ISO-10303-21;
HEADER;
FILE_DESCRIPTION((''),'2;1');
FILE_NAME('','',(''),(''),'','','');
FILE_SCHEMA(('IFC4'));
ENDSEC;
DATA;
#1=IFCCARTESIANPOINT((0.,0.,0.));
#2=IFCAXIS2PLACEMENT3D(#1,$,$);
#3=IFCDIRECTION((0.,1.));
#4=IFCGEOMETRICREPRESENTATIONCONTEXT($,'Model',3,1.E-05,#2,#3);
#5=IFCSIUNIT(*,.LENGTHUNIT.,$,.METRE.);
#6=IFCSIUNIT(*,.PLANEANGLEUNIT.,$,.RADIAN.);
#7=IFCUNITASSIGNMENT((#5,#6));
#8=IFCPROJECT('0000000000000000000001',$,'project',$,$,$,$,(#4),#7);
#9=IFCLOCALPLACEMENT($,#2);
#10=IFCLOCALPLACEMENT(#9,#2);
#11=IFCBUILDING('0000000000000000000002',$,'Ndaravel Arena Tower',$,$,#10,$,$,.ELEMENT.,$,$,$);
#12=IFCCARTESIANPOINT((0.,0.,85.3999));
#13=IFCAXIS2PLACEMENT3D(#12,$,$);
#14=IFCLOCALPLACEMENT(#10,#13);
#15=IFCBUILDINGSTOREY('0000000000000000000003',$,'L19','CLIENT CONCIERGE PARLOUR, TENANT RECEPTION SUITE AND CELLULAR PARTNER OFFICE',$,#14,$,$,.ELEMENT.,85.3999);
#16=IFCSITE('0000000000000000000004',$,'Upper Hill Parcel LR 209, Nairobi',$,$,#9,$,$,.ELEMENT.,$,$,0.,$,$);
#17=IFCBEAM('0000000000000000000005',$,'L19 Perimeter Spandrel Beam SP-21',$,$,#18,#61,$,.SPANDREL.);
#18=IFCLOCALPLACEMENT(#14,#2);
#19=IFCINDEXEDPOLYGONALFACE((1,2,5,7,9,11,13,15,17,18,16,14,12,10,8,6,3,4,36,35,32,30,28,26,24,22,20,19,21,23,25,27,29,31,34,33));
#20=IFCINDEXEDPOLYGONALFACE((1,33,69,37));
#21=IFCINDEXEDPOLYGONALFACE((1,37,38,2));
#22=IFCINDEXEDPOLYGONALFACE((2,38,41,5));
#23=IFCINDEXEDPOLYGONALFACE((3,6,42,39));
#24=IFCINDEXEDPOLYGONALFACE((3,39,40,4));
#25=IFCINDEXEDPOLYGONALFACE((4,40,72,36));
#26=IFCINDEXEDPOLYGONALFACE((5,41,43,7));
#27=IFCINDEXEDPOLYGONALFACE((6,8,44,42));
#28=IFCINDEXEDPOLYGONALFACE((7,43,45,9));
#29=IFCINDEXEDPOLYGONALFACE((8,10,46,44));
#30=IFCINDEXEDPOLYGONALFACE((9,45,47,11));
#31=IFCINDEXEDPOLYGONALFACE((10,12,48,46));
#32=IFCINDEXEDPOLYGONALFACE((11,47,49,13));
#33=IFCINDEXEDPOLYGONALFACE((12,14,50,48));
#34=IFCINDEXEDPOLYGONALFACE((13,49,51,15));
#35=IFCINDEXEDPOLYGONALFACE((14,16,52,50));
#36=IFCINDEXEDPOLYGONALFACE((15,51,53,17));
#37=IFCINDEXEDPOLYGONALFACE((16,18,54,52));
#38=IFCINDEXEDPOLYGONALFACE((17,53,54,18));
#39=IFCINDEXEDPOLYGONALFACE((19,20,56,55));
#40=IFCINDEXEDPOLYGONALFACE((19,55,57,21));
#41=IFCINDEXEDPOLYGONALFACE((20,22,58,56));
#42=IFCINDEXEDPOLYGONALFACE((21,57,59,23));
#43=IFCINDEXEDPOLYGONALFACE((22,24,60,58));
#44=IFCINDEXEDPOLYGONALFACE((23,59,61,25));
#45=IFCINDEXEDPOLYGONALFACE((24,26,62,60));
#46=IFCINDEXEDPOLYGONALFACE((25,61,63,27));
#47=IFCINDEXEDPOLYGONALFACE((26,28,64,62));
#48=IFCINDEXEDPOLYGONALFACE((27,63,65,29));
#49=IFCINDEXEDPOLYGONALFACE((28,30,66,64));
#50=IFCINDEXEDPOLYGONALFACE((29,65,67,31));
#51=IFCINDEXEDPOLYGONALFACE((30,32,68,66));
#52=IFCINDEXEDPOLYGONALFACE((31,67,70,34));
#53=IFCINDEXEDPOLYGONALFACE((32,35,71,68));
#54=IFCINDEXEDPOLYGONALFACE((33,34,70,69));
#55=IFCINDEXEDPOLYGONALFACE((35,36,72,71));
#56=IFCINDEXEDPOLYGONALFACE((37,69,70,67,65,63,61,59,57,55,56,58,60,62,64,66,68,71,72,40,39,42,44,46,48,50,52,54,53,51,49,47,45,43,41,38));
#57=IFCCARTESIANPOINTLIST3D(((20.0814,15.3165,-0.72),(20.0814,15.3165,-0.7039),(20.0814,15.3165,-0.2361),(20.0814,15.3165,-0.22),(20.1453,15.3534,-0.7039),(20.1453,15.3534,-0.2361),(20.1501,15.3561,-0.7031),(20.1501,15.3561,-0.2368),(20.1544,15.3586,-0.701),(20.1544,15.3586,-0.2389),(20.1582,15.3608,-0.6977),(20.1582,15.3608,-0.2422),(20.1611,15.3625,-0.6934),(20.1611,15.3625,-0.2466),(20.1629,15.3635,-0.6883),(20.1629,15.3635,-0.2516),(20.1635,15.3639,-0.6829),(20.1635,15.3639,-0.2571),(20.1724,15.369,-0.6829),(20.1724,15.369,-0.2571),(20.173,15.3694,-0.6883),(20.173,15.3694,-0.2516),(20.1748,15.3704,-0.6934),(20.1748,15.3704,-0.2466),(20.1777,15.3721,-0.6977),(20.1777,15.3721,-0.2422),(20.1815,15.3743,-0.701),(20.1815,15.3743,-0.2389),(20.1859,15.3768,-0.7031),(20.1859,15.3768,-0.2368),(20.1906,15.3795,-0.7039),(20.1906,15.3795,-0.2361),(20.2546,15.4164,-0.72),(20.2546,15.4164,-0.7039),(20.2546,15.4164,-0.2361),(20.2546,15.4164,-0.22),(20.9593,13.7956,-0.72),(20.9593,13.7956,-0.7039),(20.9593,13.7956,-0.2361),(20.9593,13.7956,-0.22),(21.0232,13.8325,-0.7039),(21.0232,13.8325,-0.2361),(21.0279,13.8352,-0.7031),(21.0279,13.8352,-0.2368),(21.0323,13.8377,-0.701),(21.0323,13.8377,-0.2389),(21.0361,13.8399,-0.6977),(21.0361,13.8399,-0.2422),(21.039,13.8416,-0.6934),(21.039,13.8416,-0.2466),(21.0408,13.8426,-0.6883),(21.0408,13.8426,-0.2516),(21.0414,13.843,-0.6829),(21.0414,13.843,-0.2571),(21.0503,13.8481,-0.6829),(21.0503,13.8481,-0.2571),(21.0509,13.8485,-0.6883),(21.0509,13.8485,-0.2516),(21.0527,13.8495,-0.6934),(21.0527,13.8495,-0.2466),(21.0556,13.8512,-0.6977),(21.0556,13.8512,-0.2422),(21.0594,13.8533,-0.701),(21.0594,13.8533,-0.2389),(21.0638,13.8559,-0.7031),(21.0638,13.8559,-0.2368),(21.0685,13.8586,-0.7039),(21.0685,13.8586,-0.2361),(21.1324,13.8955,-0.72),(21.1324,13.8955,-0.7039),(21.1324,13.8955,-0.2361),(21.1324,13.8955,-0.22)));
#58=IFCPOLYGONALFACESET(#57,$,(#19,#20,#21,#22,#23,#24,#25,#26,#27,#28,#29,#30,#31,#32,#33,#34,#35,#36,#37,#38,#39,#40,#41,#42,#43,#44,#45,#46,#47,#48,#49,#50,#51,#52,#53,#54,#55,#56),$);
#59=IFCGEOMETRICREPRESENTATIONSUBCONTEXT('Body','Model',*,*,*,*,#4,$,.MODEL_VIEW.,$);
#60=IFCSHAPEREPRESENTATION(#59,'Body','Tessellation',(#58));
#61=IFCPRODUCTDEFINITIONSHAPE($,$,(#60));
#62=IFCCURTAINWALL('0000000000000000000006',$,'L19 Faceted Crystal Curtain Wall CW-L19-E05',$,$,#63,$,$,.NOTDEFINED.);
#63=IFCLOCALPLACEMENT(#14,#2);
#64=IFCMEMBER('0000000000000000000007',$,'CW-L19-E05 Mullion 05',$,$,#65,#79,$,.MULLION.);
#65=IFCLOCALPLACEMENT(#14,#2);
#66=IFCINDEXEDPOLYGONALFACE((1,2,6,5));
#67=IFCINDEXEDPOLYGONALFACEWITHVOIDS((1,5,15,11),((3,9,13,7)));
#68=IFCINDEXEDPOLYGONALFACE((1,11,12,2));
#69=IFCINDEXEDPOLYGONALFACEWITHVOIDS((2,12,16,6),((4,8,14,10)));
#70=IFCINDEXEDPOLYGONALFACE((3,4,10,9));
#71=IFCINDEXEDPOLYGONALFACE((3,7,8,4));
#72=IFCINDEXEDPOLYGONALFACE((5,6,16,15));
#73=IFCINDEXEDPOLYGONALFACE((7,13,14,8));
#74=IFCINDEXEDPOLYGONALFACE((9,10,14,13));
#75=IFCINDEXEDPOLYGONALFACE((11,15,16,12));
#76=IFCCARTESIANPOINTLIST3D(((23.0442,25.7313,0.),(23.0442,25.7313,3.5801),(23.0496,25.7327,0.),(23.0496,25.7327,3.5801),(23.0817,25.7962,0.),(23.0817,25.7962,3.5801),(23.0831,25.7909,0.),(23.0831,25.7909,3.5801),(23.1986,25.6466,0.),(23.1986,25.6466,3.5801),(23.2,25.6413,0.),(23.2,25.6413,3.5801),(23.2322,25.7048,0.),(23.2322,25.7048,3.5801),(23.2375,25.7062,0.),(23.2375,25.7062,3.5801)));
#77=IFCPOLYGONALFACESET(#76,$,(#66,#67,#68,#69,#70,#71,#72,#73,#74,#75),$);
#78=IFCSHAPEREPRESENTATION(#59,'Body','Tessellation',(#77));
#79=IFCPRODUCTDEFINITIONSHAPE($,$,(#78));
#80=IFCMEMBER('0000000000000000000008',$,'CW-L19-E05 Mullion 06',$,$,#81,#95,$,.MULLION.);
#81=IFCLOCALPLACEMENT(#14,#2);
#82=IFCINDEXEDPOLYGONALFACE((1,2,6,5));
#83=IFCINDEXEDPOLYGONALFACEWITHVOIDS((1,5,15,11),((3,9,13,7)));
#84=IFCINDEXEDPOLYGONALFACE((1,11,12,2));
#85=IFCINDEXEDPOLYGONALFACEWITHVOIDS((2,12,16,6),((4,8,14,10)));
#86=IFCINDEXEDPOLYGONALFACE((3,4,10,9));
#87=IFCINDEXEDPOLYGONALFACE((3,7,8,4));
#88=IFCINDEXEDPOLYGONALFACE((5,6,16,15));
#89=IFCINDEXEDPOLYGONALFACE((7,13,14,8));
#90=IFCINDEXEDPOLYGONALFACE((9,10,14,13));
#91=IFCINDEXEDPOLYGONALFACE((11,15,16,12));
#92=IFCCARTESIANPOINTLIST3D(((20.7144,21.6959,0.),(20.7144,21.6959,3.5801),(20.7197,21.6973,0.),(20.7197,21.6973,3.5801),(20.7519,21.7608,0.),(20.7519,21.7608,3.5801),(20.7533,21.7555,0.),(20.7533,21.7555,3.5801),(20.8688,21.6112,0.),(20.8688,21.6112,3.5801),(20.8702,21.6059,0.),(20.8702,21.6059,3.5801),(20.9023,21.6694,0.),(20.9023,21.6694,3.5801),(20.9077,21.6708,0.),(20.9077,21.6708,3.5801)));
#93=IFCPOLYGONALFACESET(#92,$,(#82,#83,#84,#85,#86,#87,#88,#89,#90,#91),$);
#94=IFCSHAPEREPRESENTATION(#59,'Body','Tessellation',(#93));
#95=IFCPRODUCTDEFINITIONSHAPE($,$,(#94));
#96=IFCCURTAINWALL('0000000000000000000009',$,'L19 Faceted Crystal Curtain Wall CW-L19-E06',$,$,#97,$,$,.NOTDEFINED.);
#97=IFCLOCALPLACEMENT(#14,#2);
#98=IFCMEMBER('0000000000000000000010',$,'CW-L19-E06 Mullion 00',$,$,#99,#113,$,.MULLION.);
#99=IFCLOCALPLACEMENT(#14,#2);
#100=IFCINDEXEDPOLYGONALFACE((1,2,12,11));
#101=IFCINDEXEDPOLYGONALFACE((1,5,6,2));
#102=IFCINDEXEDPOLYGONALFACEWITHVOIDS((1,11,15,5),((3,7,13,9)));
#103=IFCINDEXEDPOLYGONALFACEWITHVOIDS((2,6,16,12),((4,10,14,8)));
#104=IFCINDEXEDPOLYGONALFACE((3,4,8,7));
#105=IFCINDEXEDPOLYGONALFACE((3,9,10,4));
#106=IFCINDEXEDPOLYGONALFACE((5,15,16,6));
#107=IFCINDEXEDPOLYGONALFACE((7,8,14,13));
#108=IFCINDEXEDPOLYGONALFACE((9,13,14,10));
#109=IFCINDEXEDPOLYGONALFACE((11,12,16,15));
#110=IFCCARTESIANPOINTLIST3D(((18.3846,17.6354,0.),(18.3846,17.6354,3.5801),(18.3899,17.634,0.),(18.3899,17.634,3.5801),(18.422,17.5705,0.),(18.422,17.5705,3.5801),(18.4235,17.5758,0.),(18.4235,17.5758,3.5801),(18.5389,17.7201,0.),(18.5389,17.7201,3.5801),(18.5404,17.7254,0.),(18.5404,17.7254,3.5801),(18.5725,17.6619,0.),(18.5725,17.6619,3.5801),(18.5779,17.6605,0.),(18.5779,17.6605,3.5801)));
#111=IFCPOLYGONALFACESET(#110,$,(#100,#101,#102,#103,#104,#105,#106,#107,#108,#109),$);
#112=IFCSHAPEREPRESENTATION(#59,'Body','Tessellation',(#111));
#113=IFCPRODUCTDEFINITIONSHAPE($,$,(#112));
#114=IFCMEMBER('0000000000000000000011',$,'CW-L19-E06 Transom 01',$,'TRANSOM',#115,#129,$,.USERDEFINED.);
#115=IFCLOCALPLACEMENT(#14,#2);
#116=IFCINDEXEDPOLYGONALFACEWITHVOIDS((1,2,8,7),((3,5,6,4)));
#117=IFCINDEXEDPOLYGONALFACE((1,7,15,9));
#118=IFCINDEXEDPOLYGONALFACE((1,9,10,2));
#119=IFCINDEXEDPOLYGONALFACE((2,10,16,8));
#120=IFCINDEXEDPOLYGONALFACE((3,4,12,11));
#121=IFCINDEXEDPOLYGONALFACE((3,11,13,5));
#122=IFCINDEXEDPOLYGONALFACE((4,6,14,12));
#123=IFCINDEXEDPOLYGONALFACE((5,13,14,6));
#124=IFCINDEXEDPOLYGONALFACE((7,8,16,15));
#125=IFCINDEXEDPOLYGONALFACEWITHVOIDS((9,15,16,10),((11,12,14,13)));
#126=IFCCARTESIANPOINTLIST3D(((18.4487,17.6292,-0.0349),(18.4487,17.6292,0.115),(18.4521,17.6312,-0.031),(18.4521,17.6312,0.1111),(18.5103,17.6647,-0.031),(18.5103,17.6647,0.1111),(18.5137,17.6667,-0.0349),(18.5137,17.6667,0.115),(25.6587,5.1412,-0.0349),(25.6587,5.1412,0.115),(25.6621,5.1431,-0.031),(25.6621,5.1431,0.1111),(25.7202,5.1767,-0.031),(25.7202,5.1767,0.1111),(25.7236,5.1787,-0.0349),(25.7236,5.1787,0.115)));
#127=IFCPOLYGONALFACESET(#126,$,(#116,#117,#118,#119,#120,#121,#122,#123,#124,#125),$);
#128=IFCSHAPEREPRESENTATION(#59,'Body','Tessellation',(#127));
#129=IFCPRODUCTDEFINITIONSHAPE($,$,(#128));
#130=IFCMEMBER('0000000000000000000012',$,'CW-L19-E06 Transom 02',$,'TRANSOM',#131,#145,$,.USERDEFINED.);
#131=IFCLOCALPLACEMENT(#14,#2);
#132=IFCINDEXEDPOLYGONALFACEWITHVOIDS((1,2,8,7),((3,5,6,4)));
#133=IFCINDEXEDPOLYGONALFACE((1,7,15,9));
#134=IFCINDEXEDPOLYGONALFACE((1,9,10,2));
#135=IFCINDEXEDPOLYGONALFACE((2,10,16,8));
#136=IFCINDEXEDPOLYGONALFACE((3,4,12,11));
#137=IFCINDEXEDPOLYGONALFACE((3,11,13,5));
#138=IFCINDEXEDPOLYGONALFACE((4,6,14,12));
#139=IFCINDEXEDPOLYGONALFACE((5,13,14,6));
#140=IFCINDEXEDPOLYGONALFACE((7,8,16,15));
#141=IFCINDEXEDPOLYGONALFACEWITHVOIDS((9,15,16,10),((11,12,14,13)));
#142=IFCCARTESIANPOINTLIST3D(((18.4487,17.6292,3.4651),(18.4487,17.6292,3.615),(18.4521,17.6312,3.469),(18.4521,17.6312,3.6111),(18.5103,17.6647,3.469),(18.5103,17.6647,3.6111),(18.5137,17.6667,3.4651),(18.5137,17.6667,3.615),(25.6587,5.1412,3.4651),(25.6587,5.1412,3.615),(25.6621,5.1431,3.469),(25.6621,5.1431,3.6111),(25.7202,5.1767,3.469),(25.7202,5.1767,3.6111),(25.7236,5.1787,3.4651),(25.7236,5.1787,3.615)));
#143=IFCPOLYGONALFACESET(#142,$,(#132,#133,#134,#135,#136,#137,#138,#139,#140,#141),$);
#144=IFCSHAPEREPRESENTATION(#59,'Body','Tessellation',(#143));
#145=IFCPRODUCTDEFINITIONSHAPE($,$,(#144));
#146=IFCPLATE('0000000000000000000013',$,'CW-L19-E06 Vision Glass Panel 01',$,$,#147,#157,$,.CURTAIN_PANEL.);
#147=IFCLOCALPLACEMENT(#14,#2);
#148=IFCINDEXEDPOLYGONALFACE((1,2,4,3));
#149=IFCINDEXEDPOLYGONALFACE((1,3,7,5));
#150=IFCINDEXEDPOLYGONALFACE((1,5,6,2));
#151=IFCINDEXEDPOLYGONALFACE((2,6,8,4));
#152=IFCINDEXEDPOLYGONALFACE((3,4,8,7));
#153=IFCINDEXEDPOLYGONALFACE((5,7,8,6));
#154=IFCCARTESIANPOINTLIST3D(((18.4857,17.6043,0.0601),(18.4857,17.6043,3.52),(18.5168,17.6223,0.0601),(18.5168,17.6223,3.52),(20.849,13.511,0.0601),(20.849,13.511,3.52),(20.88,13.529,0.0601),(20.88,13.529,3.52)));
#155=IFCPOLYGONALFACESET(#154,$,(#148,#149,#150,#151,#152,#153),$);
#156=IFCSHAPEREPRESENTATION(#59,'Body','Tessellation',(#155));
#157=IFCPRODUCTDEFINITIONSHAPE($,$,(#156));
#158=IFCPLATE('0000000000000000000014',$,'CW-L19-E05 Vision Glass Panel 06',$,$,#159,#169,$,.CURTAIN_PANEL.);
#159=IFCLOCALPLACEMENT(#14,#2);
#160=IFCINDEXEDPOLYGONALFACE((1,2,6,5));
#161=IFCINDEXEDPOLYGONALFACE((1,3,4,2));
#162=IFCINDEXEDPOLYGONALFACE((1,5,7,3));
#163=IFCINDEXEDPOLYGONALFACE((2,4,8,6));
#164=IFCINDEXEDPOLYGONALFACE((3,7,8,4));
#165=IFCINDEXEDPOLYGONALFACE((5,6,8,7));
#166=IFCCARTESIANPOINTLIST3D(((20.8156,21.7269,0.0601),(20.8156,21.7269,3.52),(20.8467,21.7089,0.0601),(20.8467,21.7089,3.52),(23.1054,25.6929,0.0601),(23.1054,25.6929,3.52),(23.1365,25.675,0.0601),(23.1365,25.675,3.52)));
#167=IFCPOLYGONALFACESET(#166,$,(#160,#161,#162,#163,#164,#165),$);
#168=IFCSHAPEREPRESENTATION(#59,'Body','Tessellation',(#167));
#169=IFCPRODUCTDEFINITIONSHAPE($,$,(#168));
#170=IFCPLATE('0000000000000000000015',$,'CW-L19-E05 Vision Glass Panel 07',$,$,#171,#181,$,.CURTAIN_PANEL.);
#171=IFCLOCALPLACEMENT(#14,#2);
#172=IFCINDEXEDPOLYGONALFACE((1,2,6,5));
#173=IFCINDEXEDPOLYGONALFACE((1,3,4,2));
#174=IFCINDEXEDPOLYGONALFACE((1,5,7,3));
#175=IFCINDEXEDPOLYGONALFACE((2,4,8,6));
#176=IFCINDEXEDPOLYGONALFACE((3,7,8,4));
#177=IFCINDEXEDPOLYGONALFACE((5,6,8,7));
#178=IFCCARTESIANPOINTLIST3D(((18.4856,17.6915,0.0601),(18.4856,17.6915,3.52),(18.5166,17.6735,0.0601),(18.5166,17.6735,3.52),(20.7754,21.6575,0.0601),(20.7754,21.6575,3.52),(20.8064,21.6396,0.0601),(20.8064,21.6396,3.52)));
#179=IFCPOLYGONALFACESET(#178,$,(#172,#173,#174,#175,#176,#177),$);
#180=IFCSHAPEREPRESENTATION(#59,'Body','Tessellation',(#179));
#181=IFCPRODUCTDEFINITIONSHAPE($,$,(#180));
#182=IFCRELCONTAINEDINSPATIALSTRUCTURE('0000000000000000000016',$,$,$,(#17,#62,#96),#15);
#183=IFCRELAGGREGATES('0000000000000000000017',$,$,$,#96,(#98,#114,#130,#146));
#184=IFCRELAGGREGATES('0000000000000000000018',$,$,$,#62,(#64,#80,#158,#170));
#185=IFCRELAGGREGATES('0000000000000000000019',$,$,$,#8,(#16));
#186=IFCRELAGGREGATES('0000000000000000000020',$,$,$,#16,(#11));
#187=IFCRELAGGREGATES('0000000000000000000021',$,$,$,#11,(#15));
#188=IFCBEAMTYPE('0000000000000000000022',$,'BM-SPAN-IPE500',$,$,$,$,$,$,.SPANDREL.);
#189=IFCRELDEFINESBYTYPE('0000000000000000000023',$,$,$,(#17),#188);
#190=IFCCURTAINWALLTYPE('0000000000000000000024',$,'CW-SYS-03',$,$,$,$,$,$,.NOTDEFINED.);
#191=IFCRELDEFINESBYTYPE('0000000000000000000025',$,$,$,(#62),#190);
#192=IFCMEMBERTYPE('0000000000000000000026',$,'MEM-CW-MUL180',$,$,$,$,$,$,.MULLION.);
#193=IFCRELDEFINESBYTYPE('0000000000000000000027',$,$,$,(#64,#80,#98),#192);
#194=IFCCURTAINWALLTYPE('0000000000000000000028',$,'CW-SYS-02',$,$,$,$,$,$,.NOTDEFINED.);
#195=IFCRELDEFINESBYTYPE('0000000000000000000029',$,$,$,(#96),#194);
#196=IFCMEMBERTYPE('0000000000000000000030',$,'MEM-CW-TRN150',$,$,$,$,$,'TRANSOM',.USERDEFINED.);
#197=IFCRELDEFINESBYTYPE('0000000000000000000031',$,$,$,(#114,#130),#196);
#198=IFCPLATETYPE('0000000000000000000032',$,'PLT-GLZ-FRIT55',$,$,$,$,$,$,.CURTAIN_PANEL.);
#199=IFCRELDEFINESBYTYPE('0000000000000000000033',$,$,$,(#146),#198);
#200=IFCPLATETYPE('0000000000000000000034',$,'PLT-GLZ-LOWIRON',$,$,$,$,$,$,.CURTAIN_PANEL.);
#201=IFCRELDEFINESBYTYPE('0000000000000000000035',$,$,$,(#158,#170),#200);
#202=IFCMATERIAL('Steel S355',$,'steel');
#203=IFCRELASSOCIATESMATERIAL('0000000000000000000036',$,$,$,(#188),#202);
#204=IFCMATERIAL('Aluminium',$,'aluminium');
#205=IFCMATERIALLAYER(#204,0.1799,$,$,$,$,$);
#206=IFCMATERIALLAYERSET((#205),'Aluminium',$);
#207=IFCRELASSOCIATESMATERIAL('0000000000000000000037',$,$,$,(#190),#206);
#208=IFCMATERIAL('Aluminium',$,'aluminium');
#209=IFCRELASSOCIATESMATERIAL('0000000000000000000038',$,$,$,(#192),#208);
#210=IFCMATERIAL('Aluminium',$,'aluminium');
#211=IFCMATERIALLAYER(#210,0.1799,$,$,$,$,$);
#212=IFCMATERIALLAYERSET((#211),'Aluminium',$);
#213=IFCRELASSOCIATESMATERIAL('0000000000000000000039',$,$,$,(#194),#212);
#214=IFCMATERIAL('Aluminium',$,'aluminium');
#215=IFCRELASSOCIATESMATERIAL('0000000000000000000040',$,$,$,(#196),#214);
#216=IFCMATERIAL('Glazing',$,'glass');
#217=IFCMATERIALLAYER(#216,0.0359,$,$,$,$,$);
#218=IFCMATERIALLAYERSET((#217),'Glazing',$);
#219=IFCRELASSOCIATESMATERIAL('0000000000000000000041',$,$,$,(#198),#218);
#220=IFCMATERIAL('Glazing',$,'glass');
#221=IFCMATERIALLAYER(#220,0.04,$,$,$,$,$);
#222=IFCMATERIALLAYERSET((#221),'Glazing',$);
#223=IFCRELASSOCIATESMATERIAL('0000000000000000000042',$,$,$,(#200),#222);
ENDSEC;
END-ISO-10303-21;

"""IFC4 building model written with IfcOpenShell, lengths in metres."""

from ifc_helpers import new_model, si_unit, direction, frame, origin, origin_2d, place, context, subcontext, project, spatial, rectangle, hollow_rectangle, i_section, extrude, material, layer, layer_set, material_profile, profile_set, type_object, element, aggregate, save


model = new_model("IFC4")

# Units and contexts
model_context = context("Model", 3, precision=1e-05, world=origin(), true_north=direction((0.0, 1.0)))
body_context = subcontext(model_context, "Body", "Model", "MODEL_VIEW")
ifc_project = project(units=[si_unit("LENGTHUNIT", "METRE"), si_unit("PLANEANGLEUNIT", "RADIAN")], contexts=[model_context])

# Site, building, storey
site_placement = place(None, origin())
site = spatial("IfcSite", under=ifc_project, at=site_placement, Name="Upper Hill Parcel LR 209, Nairobi", CompositionType="ELEMENT", RefElevation=0.0)
building_placement = place(site_placement, origin())
building = spatial("IfcBuilding", under=site, at=building_placement, Name="Ndaravel Arena Tower", CompositionType="ELEMENT")
storey_placement = place(building_placement, frame((0.0, 0.0, 85.3999)))
storey = spatial("IfcBuildingStorey", under=building, at=storey_placement, Name="L19", Description="CLIENT CONCIERGE PARLOUR, TENANT RECEPTION SUITE AND CELLULAR PARTNER OFFICE", CompositionType="ELEMENT", Elevation=85.3999)

# Beam
ifc_material_1 = material(Name="Steel S355", Category="steel")
ifc_material_profile_1 = material_profile(ifc_material_1, i_section(OverallWidth=0.2, OverallDepth=0.5, WebThickness=0.0103, FlangeThickness=0.0161, FilletRadius=0.021, at=origin_2d()), Name="IPE 500")
ifc_profile_set_1 = profile_set([ifc_material_profile_1], Name="Steel S355")
beam_type_1 = type_object("IfcBeamType", Name="BM-SPAN-IPE500", PredefinedType="SPANDREL", material=ifc_profile_set_1)
beam_1_placement = place(storey_placement, frame((20.168, 15.3665, -0.47), z_axis=(0.499907, -0.866079, 0.0), x_axis=(0.866079, 0.499907, 0.0)))
element("IfcBeam", 1, at=beam_1_placement, inside=storey, type_object=beam_type_1, Name="L19 Perimeter Spandrel Beam SP-21", PredefinedType="SPANDREL", context=body_context, shape_type="SweptSolid", body=[
    extrude(i_section(OverallWidth=0.2, OverallDepth=0.5, WebThickness=0.0103, FlangeThickness=0.0161, FilletRadius=0.021, at=origin_2d()), origin(), (0.0, 0.0, 1.0), 1.7561),
])

# Curtain wall, members
ifc_material_2 = material(Name="Aluminium", Category="aluminium")
ifc_layer_1 = layer(ifc_material_2, 0.1799)
ifc_layer_set_1 = layer_set([ifc_layer_1], Name="Aluminium")
curtain_wall_type_1 = type_object("IfcCurtainWallType", Name="CW-SYS-03", PredefinedType="NOTDEFINED", material=ifc_layer_set_1)
curtain_wall_1_placement = place(storey_placement, origin())
curtain_wall_1 = element("IfcCurtainWall", 2, at=curtain_wall_1_placement, inside=storey, type_object=curtain_wall_type_1, Name="L19 Faceted Crystal Curtain Wall CW-L19-E05", PredefinedType="NOTDEFINED")
ifc_material_3 = material(Name="Aluminium", Category="aluminium")
ifc_material_profile_2 = material_profile(ifc_material_3, hollow_rectangle(XDim=0.075, YDim=0.1799, WallThickness=0.0039, at=origin_2d()), Name="CW MULLION 75x180x4")
ifc_profile_set_2 = profile_set([ifc_material_profile_2], Name="Aluminium")
member_type_1 = type_object("IfcMemberType", Name="MEM-CW-MUL180", PredefinedType="MULLION", material=ifc_profile_set_2)
member_1_placement = place(storey_placement, frame((23.1409, 25.7188, 0.0), z_axis=(0.0, 0.0, 1.0), x_axis=(-0.5, -0.866025, 0.0)))
member_1 = element("IfcMember", 3, at=member_1_placement, type_object=member_type_1, Name="CW-L19-E05 Mullion 05", PredefinedType="MULLION", context=body_context, shape_type="SweptSolid", body=[
    extrude(hollow_rectangle(XDim=0.075, YDim=0.1799, WallThickness=0.0039, at=origin_2d()), origin(), (0.0, 0.0, 1.0), 3.5801),
])
member_2_placement = place(storey_placement, frame((20.811, 21.6833, 0.0), z_axis=(0.0, 0.0, 1.0), x_axis=(-0.5, -0.866025, 0.0)))
member_2 = element("IfcMember", 4, at=member_2_placement, type_object=member_type_1, Name="CW-L19-E05 Mullion 06", PredefinedType="MULLION", context=body_context, shape_type="SweptSolid", body=[
    extrude(hollow_rectangle(XDim=0.075, YDim=0.1799, WallThickness=0.0039, at=origin_2d()), origin(), (0.0, 0.0, 1.0), 3.5801),
])

# Curtain wall, members, plate
ifc_material_4 = material(Name="Aluminium", Category="aluminium")
ifc_layer_2 = layer(ifc_material_4, 0.1799)
ifc_layer_set_2 = layer_set([ifc_layer_2], Name="Aluminium")
curtain_wall_type_2 = type_object("IfcCurtainWallType", Name="CW-SYS-02", PredefinedType="NOTDEFINED", material=ifc_layer_set_2)
curtain_wall_2_placement = place(storey_placement, origin())
curtain_wall_2 = element("IfcCurtainWall", 5, at=curtain_wall_2_placement, inside=storey, type_object=curtain_wall_type_2, Name="L19 Faceted Crystal Curtain Wall CW-L19-E06", PredefinedType="NOTDEFINED")
member_3_placement = place(storey_placement, frame((18.4812, 17.6479, 0.0), z_axis=(0.0, 0.0, 1.0), x_axis=(0.5, -0.866025, 0.0)))
member_3 = element("IfcMember", 6, at=member_3_placement, type_object=member_type_1, Name="CW-L19-E06 Mullion 00", PredefinedType="MULLION", context=body_context, shape_type="SweptSolid", body=[
    extrude(hollow_rectangle(XDim=0.075, YDim=0.1799, WallThickness=0.0039, at=origin_2d()), origin(), (0.0, 0.0, 1.0), 3.5801),
])
ifc_material_5 = material(Name="Aluminium", Category="aluminium")
ifc_material_profile_3 = material_profile(ifc_material_5, hollow_rectangle(XDim=0.075, YDim=0.1499, WallThickness=0.0039, at=origin_2d()), Name="CW TRANSOM 75x150x4")
ifc_profile_set_3 = profile_set([ifc_material_profile_3], Name="Aluminium")
member_type_2 = type_object("IfcMemberType", Name="MEM-CW-TRN150", ElementType="TRANSOM", PredefinedType="USERDEFINED", material=ifc_profile_set_3)
member_4_placement = place(storey_placement, frame((18.4812, 17.6479, 0.04), z_axis=(0.499999, -0.866026, 0.0), x_axis=(0.866026, 0.499999, 0.0)))
member_4 = element("IfcMember", 7, at=member_4_placement, type_object=member_type_2, Name="CW-L19-E06 Transom 01", ObjectType="TRANSOM", PredefinedType="USERDEFINED", context=body_context, shape_type="SweptSolid", body=[
    extrude(hollow_rectangle(XDim=0.075, YDim=0.1499, WallThickness=0.0039, at=origin_2d()), origin(), (0.0, 0.0, 1.0), 14.4199),
])
member_5_placement = place(storey_placement, frame((18.4812, 17.6479, 3.54), z_axis=(0.499999, -0.866026, 0.0), x_axis=(0.866026, 0.499999, 0.0)))
member_5 = element("IfcMember", 8, at=member_5_placement, type_object=member_type_2, Name="CW-L19-E06 Transom 02", ObjectType="TRANSOM", PredefinedType="USERDEFINED", context=body_context, shape_type="SweptSolid", body=[
    extrude(hollow_rectangle(XDim=0.075, YDim=0.1499, WallThickness=0.0039, at=origin_2d()), origin(), (0.0, 0.0, 1.0), 14.4199),
])
ifc_material_6 = material(Name="Glazing", Category="glass")
ifc_layer_3 = layer(ifc_material_6, 0.0359)
ifc_layer_set_3 = layer_set([ifc_layer_3], Name="Glazing")
plate_type_1 = type_object("IfcPlateType", Name="PLT-GLZ-FRIT55", PredefinedType="CURTAIN_PANEL", material=ifc_layer_set_3)
plate_1_placement = place(storey_placement, frame((19.6829, 15.5667, 0.0601), z_axis=(0.0, 0.0, 1.0), x_axis=(0.5, -0.866025, 0.0)))
plate_1 = element("IfcPlate", 9, at=plate_1_placement, type_object=plate_type_1, Name="CW-L19-E06 Vision Glass Panel 01", PredefinedType="CURTAIN_PANEL", context=body_context, shape_type="SweptSolid", body=[
    extrude(rectangle(XDim=4.7266, YDim=0.0359, at=origin_2d()), origin(), (0.0, 0.0, 1.0), 3.46),
])
aggregate(curtain_wall_2, [member_3, member_4, member_5, plate_1])

# Plates
ifc_material_7 = material(Name="Glazing", Category="glass")
ifc_layer_4 = layer(ifc_material_7, 0.04)
ifc_layer_set_4 = layer_set([ifc_layer_4], Name="Glazing")
plate_type_2 = type_object("IfcPlateType", Name="PLT-GLZ-LOWIRON", PredefinedType="CURTAIN_PANEL", material=ifc_layer_set_4)
plate_2_placement = place(storey_placement, frame((21.9761, 23.7009, 0.0601), z_axis=(0.0, 0.0, 1.0), x_axis=(-0.5, -0.866025, 0.0)))
plate_2 = element("IfcPlate", 10, at=plate_2_placement, type_object=plate_type_2, Name="CW-L19-E05 Vision Glass Panel 06", PredefinedType="CURTAIN_PANEL", context=body_context, shape_type="SweptSolid", body=[
    extrude(rectangle(XDim=4.5796, YDim=0.0359, at=origin_2d()), origin(), (0.0, 0.0, 1.0), 3.46),
])
plate_3_placement = place(storey_placement, frame((19.646, 19.6655, 0.0601), z_axis=(0.0, 0.0, 1.0), x_axis=(-0.5, -0.866025, 0.0)))
plate_3 = element("IfcPlate", 11, at=plate_3_placement, type_object=plate_type_2, Name="CW-L19-E05 Vision Glass Panel 07", PredefinedType="CURTAIN_PANEL", context=body_context, shape_type="SweptSolid", body=[
    extrude(rectangle(XDim=4.5796, YDim=0.0359, at=origin_2d()), origin(), (0.0, 0.0, 1.0), 3.46),
])
aggregate(curtain_wall_1, [member_1, member_2, plate_2, plate_3])

save(model, "model.ifc")
